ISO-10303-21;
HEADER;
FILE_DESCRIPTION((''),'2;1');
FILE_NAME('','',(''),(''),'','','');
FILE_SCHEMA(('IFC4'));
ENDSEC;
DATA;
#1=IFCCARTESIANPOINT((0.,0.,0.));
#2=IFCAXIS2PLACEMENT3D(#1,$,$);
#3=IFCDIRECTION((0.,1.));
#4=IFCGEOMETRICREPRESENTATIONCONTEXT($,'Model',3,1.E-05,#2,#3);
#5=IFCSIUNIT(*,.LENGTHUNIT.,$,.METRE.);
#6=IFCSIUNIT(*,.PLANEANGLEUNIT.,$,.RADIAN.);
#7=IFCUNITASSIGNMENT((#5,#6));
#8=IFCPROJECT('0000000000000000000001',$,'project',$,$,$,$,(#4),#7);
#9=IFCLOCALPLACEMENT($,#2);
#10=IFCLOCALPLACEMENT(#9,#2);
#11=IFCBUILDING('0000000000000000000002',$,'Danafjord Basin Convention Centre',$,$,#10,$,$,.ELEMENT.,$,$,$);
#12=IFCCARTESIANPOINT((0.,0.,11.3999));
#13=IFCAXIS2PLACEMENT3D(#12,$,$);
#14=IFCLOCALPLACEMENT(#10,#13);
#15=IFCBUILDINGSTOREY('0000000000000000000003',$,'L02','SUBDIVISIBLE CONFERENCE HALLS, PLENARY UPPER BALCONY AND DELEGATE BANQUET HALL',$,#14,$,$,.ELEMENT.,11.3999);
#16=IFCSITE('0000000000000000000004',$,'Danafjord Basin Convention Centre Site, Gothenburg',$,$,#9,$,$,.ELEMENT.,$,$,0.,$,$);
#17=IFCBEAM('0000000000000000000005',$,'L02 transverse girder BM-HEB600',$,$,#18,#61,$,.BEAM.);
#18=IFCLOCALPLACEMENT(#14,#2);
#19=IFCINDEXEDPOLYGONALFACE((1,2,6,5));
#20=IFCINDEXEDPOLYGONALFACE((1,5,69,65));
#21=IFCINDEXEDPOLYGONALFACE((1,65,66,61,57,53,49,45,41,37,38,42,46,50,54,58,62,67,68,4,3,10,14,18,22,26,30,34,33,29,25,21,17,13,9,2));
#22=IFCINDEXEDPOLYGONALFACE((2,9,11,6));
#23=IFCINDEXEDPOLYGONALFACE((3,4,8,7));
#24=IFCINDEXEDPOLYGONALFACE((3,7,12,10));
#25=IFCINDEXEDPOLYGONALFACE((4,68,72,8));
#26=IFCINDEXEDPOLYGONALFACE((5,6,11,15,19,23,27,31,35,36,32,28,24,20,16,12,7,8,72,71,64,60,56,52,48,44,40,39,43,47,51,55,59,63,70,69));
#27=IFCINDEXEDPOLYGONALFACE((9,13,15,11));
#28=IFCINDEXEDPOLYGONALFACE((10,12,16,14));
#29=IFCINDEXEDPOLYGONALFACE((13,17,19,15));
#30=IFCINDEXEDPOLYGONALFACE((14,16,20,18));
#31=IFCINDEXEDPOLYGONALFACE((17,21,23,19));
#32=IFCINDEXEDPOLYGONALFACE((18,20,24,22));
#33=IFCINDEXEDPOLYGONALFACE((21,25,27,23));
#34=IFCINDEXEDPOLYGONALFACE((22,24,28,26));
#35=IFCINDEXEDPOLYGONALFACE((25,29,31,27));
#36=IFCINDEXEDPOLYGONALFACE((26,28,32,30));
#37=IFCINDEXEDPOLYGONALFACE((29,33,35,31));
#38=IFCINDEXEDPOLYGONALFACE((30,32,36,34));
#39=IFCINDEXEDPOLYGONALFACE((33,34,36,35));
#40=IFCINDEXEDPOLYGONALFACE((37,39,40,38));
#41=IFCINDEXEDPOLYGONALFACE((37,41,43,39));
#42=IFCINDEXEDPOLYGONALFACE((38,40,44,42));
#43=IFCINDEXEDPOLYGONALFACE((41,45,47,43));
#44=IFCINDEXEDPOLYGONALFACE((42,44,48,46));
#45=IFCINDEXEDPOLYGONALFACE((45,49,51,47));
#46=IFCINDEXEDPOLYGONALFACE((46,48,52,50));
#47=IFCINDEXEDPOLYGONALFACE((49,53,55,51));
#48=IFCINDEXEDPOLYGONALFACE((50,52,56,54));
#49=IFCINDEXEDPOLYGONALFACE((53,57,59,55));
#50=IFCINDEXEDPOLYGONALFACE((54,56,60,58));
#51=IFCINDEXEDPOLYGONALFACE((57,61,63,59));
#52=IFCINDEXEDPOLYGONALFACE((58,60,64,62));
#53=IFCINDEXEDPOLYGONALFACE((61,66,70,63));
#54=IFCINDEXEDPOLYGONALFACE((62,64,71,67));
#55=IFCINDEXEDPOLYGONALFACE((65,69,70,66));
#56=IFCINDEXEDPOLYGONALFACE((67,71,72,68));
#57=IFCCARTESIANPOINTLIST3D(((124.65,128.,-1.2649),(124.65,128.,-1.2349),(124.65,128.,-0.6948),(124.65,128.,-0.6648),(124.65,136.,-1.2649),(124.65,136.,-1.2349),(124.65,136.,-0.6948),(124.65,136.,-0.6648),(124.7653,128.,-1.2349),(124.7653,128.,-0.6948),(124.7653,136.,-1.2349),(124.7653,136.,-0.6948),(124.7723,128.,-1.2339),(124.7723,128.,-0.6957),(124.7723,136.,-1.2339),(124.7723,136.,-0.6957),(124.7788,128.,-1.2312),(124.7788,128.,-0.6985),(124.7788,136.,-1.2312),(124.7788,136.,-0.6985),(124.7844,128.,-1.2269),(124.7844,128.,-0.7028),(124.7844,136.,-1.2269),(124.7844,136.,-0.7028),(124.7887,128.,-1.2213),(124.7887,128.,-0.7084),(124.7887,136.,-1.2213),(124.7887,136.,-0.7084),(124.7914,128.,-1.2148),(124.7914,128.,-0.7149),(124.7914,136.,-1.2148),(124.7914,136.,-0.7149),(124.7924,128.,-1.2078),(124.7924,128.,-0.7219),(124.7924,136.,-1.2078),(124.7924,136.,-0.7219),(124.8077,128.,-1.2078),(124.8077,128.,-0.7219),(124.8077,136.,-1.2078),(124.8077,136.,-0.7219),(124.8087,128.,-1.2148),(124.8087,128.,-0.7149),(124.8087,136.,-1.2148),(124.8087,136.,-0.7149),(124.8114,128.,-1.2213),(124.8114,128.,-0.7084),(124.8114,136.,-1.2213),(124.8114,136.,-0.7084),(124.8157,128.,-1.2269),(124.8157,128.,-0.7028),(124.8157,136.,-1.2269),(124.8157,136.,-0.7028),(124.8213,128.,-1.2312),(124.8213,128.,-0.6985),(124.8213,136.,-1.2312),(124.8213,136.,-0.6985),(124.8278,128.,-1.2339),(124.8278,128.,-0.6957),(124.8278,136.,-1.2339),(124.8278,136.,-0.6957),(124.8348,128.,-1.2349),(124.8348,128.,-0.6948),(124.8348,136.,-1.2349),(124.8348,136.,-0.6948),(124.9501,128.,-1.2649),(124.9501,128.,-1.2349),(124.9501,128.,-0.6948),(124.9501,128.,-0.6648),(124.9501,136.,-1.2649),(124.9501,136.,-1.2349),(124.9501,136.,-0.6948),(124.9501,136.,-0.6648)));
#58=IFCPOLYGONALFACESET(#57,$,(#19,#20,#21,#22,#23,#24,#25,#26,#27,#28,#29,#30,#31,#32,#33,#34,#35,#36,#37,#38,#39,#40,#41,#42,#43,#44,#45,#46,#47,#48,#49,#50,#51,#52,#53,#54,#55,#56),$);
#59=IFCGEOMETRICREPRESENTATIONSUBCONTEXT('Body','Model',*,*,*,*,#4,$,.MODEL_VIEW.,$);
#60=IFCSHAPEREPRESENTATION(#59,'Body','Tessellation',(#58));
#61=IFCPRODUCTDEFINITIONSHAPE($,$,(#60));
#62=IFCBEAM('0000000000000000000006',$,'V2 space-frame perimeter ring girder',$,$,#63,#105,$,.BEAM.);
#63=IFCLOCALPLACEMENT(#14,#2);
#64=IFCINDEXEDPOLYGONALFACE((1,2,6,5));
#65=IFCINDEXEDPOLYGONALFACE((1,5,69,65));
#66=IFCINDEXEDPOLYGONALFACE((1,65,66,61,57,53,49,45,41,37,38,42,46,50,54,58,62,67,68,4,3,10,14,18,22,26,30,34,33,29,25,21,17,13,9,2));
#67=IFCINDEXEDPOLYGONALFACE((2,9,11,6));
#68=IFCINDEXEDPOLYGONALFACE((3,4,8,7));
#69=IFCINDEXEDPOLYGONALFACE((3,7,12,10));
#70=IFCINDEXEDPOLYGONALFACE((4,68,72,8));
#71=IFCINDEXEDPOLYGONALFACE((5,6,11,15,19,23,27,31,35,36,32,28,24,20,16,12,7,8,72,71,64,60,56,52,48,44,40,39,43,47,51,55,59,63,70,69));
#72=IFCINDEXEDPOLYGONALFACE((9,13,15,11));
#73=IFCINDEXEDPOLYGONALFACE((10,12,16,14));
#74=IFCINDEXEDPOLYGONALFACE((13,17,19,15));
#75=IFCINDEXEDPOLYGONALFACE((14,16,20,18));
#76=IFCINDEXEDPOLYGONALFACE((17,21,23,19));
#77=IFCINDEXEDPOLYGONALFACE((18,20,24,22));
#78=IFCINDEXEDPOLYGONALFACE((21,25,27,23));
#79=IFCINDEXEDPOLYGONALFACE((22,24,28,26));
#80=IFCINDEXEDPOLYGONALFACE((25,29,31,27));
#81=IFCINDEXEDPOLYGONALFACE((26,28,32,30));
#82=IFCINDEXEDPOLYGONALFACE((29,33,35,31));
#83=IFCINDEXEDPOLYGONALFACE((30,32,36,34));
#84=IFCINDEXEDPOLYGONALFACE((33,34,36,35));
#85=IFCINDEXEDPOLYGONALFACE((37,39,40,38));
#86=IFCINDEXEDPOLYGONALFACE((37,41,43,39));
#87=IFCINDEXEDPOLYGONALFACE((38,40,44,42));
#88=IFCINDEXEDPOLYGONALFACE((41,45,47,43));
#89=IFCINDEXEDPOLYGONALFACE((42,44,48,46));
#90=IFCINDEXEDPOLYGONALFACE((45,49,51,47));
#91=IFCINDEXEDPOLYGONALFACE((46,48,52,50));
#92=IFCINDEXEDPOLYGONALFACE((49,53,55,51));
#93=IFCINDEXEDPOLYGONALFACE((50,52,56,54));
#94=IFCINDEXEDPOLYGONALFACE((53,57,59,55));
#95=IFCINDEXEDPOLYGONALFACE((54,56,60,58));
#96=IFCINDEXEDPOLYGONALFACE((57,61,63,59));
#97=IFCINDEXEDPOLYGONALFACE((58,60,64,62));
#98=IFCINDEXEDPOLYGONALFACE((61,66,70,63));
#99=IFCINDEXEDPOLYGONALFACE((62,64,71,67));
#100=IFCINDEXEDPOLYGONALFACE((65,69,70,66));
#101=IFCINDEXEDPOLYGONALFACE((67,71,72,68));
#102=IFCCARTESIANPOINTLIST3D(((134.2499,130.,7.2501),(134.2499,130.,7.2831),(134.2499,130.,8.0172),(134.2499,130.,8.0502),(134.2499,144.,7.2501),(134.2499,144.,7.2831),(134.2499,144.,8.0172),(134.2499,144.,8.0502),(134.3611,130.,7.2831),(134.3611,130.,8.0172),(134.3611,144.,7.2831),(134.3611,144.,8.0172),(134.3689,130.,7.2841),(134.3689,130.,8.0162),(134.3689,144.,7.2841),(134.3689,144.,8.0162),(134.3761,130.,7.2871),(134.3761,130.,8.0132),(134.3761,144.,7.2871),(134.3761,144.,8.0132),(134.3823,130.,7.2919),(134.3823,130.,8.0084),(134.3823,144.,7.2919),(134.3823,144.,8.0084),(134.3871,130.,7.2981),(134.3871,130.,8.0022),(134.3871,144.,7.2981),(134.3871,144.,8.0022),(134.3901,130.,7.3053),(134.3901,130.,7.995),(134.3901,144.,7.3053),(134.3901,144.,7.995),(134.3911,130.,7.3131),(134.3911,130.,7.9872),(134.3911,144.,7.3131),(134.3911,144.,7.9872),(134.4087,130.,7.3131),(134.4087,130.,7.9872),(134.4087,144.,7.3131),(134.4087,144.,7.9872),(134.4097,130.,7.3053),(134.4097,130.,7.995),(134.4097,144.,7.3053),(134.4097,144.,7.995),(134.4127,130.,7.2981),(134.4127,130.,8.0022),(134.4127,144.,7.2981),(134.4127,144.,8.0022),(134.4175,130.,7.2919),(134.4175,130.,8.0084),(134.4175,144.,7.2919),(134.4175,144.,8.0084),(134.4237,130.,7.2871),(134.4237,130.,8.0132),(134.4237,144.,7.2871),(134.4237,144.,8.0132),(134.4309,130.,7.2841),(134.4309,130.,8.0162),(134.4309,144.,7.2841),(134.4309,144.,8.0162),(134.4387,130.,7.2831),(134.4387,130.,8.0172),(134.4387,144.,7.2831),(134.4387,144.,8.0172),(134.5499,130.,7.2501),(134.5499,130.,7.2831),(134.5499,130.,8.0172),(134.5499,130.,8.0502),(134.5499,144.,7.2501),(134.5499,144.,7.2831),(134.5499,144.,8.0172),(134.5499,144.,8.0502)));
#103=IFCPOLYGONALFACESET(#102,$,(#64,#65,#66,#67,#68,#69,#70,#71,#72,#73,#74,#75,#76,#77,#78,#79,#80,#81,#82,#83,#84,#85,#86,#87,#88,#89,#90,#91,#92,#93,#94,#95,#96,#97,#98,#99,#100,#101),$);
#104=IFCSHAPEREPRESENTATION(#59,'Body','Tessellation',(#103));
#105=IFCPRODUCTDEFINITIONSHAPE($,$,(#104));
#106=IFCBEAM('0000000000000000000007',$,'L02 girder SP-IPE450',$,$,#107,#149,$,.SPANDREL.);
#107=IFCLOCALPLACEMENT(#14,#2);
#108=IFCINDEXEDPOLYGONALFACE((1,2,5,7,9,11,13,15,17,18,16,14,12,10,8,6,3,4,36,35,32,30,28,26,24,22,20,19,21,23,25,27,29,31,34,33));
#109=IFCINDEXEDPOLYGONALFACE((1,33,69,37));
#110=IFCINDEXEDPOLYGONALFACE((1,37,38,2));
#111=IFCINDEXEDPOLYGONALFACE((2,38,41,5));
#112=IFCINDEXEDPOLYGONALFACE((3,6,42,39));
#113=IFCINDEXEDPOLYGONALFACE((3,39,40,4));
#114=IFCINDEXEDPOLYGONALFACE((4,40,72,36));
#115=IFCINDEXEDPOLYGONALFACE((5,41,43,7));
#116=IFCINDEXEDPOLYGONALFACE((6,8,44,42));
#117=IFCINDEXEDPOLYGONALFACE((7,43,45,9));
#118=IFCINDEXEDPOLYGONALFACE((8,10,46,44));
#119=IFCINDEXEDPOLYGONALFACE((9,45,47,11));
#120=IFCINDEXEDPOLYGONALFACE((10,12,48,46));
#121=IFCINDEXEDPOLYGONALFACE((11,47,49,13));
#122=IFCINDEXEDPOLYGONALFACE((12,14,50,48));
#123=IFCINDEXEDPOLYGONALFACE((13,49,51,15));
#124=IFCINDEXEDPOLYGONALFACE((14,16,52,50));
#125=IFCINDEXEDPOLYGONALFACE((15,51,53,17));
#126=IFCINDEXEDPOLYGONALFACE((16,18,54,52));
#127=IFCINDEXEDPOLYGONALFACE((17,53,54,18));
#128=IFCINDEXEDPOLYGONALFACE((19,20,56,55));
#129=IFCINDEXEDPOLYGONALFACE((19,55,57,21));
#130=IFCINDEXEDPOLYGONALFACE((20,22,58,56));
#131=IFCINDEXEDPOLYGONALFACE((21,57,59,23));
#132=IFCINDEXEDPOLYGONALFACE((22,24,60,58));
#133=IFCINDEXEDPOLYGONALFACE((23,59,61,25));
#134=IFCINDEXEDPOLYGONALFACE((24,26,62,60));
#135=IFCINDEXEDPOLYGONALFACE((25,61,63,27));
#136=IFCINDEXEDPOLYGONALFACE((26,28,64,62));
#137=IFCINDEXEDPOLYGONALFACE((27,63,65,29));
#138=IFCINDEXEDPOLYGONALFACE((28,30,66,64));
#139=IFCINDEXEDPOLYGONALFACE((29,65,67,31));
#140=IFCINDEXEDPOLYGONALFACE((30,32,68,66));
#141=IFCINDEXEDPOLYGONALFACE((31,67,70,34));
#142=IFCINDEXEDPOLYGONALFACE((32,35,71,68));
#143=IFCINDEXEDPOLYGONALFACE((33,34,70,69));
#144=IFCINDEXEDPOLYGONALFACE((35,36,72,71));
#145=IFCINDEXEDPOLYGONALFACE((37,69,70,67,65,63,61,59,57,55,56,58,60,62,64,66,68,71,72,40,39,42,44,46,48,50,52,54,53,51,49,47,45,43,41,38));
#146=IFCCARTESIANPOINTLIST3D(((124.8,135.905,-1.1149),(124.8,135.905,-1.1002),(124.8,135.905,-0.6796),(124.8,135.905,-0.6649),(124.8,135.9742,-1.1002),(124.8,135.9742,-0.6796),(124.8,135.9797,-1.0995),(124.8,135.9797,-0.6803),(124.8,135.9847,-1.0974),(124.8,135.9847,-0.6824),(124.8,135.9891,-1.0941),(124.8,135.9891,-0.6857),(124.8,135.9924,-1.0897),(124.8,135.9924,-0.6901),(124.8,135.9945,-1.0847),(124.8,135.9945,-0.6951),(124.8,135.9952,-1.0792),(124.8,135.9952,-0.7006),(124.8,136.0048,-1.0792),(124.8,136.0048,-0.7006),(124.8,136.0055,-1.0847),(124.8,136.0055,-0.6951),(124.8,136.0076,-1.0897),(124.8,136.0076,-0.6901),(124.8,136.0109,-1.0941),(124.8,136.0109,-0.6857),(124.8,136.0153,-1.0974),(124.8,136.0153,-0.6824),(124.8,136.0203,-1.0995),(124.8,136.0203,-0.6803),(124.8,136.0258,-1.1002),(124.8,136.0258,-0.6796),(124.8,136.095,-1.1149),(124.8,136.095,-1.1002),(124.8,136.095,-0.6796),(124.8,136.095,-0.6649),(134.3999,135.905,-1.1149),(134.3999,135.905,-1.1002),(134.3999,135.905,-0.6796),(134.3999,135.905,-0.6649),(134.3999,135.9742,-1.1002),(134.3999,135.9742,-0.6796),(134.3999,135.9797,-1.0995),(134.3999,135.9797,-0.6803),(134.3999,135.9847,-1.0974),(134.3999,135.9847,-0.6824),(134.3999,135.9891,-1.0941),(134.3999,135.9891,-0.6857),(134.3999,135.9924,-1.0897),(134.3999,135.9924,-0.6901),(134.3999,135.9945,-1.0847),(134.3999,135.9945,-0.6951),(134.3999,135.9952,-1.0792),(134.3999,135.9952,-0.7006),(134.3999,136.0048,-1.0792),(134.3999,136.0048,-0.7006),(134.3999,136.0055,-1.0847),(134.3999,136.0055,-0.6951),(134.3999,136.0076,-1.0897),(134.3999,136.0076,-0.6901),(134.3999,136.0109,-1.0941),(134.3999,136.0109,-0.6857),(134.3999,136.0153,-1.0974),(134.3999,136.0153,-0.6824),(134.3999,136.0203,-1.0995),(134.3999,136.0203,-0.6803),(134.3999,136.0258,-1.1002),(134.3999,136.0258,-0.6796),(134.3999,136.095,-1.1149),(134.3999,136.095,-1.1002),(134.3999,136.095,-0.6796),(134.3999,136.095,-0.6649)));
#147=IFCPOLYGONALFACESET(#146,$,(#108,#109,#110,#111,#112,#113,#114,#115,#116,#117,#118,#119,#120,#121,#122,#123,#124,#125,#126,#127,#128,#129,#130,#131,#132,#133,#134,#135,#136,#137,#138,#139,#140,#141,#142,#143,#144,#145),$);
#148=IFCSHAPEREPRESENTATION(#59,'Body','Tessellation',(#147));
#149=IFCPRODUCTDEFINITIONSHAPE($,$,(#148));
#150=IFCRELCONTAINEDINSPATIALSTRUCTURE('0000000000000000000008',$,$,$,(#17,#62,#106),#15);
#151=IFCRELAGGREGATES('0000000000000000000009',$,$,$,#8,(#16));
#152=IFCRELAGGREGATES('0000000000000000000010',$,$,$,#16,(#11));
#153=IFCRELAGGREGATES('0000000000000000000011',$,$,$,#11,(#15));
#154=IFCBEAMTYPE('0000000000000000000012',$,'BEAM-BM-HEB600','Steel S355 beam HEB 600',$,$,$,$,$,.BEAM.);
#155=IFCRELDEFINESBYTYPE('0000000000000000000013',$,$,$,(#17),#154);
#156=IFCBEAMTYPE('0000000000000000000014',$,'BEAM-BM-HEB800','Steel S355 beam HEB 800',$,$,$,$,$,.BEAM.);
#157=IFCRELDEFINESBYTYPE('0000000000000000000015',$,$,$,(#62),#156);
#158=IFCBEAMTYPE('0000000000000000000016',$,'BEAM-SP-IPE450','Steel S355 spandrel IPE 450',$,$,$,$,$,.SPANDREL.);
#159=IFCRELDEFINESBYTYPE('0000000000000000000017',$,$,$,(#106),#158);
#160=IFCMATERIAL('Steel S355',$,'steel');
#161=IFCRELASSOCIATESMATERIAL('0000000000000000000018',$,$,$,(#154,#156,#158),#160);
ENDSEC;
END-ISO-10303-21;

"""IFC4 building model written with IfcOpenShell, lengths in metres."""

from ifc_helpers import new_model, si_unit, direction, frame, origin, origin_2d, place, context, subcontext, project, spatial, i_section, extrude, material, material_profile, profile_set, type_object, element, save


model = new_model("IFC4")

# Units and contexts
model_context = context("Model", 3, precision=1e-05, world=origin(), true_north=direction((0.0, 1.0)))
body_context = subcontext(model_context, "Body", "Model", "MODEL_VIEW")
ifc_project = project(units=[si_unit("LENGTHUNIT", "METRE"), si_unit("PLANEANGLEUNIT", "RADIAN")], contexts=[model_context])

# Site, building, storey
site_placement = place(None, origin())
site = spatial("IfcSite", under=ifc_project, at=site_placement, Name="Danafjord Basin Convention Centre Site, Gothenburg", CompositionType="ELEMENT", RefElevation=0.0)
building_placement = place(site_placement, origin())
building = spatial("IfcBuilding", under=site, at=building_placement, Name="Danafjord Basin Convention Centre", CompositionType="ELEMENT")
storey_placement = place(building_placement, frame((0.0, 0.0, 11.3999)))
storey = spatial("IfcBuildingStorey", under=building, at=storey_placement, Name="L02", Description="SUBDIVISIBLE CONFERENCE HALLS, PLENARY UPPER BALCONY AND DELEGATE BANQUET HALL", CompositionType="ELEMENT", Elevation=11.3999)

# Shared definitions
ifc_material_1 = material(Name="Steel S355", Category="steel")

# Beams
ifc_material_profile_1 = material_profile(ifc_material_1, i_section(OverallWidth=0.3, OverallDepth=0.6001, WebThickness=0.0154, FlangeThickness=0.03, FilletRadius=0.0271, at=origin_2d()), Name="HEB 600")
ifc_profile_set_1 = profile_set([ifc_material_profile_1], Name="Steel S355")
beam_type_1 = type_object("IfcBeamType", Name="BEAM-BM-HEB600", Description="Steel S355 beam HEB 600", PredefinedType="BEAM", material=ifc_profile_set_1)
beam_1_placement = place(storey_placement, frame((124.8, 128.0, -0.9648), z_axis=(0.0, 1.0, 0.0), x_axis=(-1.0, 0.0, 0.0)))
element("IfcBeam", 1, at=beam_1_placement, inside=storey, type_object=beam_type_1, Name="L02 transverse girder BM-HEB600", PredefinedType="BEAM", context=body_context, shape_type="SweptSolid", body=[
    extrude(i_section(OverallWidth=0.3, OverallDepth=0.6001, WebThickness=0.0154, FlangeThickness=0.03, FilletRadius=0.0271, at=origin_2d()), origin(), (0.0, 0.0, 1.0), 8.0),
])
ifc_material_profile_2 = material_profile(ifc_material_1, i_section(OverallWidth=0.3, OverallDepth=0.8, WebThickness=0.0176, FlangeThickness=0.033, FilletRadius=0.03, at=origin_2d()), Name="HEB 800")
ifc_profile_set_2 = profile_set([ifc_material_profile_2], Name="Steel S355")
beam_type_2 = type_object("IfcBeamType", Name="BEAM-BM-HEB800", Description="Steel S355 beam HEB 800", PredefinedType="BEAM", material=ifc_profile_set_2)
beam_2_placement = place(storey_placement, frame((134.3999, 130.0, 7.6501), z_axis=(0.0, 1.0, 0.0), x_axis=(-1.0, 0.0, 0.0)))
element("IfcBeam", 2, at=beam_2_placement, inside=storey, type_object=beam_type_2, Name="V2 space-frame perimeter ring girder", PredefinedType="BEAM", context=body_context, shape_type="SweptSolid", body=[
    extrude(i_section(OverallWidth=0.3, OverallDepth=0.8, WebThickness=0.0176, FlangeThickness=0.033, FilletRadius=0.03, at=origin_2d()), origin(), (0.0, 0.0, 1.0), 14.0),
])
ifc_material_profile_3 = material_profile(ifc_material_1, i_section(OverallWidth=0.1899, OverallDepth=0.45, WebThickness=0.0095, FlangeThickness=0.0146, FilletRadius=0.021, at=origin_2d()), Name="IPE 450")
ifc_profile_set_3 = profile_set([ifc_material_profile_3], Name="Steel S355")
beam_type_3 = type_object("IfcBeamType", Name="BEAM-SP-IPE450", Description="Steel S355 spandrel IPE 450", PredefinedType="SPANDREL", material=ifc_profile_set_3)
beam_3_placement = place(storey_placement, frame((124.8, 136.0, -0.8899), z_axis=(1.0, 0.0, 0.0), x_axis=(0.0, 1.0, 0.0)))
element("IfcBeam", 3, at=beam_3_placement, inside=storey, type_object=beam_type_3, Name="L02 girder SP-IPE450", PredefinedType="SPANDREL", context=body_context, shape_type="SweptSolid", body=[
    extrude(i_section(OverallWidth=0.1899, OverallDepth=0.45, WebThickness=0.0095, FlangeThickness=0.0146, FilletRadius=0.021, at=origin_2d()), origin(), (0.0, 0.0, 1.0), 9.5999),
])

save(model, "model.ifc")
